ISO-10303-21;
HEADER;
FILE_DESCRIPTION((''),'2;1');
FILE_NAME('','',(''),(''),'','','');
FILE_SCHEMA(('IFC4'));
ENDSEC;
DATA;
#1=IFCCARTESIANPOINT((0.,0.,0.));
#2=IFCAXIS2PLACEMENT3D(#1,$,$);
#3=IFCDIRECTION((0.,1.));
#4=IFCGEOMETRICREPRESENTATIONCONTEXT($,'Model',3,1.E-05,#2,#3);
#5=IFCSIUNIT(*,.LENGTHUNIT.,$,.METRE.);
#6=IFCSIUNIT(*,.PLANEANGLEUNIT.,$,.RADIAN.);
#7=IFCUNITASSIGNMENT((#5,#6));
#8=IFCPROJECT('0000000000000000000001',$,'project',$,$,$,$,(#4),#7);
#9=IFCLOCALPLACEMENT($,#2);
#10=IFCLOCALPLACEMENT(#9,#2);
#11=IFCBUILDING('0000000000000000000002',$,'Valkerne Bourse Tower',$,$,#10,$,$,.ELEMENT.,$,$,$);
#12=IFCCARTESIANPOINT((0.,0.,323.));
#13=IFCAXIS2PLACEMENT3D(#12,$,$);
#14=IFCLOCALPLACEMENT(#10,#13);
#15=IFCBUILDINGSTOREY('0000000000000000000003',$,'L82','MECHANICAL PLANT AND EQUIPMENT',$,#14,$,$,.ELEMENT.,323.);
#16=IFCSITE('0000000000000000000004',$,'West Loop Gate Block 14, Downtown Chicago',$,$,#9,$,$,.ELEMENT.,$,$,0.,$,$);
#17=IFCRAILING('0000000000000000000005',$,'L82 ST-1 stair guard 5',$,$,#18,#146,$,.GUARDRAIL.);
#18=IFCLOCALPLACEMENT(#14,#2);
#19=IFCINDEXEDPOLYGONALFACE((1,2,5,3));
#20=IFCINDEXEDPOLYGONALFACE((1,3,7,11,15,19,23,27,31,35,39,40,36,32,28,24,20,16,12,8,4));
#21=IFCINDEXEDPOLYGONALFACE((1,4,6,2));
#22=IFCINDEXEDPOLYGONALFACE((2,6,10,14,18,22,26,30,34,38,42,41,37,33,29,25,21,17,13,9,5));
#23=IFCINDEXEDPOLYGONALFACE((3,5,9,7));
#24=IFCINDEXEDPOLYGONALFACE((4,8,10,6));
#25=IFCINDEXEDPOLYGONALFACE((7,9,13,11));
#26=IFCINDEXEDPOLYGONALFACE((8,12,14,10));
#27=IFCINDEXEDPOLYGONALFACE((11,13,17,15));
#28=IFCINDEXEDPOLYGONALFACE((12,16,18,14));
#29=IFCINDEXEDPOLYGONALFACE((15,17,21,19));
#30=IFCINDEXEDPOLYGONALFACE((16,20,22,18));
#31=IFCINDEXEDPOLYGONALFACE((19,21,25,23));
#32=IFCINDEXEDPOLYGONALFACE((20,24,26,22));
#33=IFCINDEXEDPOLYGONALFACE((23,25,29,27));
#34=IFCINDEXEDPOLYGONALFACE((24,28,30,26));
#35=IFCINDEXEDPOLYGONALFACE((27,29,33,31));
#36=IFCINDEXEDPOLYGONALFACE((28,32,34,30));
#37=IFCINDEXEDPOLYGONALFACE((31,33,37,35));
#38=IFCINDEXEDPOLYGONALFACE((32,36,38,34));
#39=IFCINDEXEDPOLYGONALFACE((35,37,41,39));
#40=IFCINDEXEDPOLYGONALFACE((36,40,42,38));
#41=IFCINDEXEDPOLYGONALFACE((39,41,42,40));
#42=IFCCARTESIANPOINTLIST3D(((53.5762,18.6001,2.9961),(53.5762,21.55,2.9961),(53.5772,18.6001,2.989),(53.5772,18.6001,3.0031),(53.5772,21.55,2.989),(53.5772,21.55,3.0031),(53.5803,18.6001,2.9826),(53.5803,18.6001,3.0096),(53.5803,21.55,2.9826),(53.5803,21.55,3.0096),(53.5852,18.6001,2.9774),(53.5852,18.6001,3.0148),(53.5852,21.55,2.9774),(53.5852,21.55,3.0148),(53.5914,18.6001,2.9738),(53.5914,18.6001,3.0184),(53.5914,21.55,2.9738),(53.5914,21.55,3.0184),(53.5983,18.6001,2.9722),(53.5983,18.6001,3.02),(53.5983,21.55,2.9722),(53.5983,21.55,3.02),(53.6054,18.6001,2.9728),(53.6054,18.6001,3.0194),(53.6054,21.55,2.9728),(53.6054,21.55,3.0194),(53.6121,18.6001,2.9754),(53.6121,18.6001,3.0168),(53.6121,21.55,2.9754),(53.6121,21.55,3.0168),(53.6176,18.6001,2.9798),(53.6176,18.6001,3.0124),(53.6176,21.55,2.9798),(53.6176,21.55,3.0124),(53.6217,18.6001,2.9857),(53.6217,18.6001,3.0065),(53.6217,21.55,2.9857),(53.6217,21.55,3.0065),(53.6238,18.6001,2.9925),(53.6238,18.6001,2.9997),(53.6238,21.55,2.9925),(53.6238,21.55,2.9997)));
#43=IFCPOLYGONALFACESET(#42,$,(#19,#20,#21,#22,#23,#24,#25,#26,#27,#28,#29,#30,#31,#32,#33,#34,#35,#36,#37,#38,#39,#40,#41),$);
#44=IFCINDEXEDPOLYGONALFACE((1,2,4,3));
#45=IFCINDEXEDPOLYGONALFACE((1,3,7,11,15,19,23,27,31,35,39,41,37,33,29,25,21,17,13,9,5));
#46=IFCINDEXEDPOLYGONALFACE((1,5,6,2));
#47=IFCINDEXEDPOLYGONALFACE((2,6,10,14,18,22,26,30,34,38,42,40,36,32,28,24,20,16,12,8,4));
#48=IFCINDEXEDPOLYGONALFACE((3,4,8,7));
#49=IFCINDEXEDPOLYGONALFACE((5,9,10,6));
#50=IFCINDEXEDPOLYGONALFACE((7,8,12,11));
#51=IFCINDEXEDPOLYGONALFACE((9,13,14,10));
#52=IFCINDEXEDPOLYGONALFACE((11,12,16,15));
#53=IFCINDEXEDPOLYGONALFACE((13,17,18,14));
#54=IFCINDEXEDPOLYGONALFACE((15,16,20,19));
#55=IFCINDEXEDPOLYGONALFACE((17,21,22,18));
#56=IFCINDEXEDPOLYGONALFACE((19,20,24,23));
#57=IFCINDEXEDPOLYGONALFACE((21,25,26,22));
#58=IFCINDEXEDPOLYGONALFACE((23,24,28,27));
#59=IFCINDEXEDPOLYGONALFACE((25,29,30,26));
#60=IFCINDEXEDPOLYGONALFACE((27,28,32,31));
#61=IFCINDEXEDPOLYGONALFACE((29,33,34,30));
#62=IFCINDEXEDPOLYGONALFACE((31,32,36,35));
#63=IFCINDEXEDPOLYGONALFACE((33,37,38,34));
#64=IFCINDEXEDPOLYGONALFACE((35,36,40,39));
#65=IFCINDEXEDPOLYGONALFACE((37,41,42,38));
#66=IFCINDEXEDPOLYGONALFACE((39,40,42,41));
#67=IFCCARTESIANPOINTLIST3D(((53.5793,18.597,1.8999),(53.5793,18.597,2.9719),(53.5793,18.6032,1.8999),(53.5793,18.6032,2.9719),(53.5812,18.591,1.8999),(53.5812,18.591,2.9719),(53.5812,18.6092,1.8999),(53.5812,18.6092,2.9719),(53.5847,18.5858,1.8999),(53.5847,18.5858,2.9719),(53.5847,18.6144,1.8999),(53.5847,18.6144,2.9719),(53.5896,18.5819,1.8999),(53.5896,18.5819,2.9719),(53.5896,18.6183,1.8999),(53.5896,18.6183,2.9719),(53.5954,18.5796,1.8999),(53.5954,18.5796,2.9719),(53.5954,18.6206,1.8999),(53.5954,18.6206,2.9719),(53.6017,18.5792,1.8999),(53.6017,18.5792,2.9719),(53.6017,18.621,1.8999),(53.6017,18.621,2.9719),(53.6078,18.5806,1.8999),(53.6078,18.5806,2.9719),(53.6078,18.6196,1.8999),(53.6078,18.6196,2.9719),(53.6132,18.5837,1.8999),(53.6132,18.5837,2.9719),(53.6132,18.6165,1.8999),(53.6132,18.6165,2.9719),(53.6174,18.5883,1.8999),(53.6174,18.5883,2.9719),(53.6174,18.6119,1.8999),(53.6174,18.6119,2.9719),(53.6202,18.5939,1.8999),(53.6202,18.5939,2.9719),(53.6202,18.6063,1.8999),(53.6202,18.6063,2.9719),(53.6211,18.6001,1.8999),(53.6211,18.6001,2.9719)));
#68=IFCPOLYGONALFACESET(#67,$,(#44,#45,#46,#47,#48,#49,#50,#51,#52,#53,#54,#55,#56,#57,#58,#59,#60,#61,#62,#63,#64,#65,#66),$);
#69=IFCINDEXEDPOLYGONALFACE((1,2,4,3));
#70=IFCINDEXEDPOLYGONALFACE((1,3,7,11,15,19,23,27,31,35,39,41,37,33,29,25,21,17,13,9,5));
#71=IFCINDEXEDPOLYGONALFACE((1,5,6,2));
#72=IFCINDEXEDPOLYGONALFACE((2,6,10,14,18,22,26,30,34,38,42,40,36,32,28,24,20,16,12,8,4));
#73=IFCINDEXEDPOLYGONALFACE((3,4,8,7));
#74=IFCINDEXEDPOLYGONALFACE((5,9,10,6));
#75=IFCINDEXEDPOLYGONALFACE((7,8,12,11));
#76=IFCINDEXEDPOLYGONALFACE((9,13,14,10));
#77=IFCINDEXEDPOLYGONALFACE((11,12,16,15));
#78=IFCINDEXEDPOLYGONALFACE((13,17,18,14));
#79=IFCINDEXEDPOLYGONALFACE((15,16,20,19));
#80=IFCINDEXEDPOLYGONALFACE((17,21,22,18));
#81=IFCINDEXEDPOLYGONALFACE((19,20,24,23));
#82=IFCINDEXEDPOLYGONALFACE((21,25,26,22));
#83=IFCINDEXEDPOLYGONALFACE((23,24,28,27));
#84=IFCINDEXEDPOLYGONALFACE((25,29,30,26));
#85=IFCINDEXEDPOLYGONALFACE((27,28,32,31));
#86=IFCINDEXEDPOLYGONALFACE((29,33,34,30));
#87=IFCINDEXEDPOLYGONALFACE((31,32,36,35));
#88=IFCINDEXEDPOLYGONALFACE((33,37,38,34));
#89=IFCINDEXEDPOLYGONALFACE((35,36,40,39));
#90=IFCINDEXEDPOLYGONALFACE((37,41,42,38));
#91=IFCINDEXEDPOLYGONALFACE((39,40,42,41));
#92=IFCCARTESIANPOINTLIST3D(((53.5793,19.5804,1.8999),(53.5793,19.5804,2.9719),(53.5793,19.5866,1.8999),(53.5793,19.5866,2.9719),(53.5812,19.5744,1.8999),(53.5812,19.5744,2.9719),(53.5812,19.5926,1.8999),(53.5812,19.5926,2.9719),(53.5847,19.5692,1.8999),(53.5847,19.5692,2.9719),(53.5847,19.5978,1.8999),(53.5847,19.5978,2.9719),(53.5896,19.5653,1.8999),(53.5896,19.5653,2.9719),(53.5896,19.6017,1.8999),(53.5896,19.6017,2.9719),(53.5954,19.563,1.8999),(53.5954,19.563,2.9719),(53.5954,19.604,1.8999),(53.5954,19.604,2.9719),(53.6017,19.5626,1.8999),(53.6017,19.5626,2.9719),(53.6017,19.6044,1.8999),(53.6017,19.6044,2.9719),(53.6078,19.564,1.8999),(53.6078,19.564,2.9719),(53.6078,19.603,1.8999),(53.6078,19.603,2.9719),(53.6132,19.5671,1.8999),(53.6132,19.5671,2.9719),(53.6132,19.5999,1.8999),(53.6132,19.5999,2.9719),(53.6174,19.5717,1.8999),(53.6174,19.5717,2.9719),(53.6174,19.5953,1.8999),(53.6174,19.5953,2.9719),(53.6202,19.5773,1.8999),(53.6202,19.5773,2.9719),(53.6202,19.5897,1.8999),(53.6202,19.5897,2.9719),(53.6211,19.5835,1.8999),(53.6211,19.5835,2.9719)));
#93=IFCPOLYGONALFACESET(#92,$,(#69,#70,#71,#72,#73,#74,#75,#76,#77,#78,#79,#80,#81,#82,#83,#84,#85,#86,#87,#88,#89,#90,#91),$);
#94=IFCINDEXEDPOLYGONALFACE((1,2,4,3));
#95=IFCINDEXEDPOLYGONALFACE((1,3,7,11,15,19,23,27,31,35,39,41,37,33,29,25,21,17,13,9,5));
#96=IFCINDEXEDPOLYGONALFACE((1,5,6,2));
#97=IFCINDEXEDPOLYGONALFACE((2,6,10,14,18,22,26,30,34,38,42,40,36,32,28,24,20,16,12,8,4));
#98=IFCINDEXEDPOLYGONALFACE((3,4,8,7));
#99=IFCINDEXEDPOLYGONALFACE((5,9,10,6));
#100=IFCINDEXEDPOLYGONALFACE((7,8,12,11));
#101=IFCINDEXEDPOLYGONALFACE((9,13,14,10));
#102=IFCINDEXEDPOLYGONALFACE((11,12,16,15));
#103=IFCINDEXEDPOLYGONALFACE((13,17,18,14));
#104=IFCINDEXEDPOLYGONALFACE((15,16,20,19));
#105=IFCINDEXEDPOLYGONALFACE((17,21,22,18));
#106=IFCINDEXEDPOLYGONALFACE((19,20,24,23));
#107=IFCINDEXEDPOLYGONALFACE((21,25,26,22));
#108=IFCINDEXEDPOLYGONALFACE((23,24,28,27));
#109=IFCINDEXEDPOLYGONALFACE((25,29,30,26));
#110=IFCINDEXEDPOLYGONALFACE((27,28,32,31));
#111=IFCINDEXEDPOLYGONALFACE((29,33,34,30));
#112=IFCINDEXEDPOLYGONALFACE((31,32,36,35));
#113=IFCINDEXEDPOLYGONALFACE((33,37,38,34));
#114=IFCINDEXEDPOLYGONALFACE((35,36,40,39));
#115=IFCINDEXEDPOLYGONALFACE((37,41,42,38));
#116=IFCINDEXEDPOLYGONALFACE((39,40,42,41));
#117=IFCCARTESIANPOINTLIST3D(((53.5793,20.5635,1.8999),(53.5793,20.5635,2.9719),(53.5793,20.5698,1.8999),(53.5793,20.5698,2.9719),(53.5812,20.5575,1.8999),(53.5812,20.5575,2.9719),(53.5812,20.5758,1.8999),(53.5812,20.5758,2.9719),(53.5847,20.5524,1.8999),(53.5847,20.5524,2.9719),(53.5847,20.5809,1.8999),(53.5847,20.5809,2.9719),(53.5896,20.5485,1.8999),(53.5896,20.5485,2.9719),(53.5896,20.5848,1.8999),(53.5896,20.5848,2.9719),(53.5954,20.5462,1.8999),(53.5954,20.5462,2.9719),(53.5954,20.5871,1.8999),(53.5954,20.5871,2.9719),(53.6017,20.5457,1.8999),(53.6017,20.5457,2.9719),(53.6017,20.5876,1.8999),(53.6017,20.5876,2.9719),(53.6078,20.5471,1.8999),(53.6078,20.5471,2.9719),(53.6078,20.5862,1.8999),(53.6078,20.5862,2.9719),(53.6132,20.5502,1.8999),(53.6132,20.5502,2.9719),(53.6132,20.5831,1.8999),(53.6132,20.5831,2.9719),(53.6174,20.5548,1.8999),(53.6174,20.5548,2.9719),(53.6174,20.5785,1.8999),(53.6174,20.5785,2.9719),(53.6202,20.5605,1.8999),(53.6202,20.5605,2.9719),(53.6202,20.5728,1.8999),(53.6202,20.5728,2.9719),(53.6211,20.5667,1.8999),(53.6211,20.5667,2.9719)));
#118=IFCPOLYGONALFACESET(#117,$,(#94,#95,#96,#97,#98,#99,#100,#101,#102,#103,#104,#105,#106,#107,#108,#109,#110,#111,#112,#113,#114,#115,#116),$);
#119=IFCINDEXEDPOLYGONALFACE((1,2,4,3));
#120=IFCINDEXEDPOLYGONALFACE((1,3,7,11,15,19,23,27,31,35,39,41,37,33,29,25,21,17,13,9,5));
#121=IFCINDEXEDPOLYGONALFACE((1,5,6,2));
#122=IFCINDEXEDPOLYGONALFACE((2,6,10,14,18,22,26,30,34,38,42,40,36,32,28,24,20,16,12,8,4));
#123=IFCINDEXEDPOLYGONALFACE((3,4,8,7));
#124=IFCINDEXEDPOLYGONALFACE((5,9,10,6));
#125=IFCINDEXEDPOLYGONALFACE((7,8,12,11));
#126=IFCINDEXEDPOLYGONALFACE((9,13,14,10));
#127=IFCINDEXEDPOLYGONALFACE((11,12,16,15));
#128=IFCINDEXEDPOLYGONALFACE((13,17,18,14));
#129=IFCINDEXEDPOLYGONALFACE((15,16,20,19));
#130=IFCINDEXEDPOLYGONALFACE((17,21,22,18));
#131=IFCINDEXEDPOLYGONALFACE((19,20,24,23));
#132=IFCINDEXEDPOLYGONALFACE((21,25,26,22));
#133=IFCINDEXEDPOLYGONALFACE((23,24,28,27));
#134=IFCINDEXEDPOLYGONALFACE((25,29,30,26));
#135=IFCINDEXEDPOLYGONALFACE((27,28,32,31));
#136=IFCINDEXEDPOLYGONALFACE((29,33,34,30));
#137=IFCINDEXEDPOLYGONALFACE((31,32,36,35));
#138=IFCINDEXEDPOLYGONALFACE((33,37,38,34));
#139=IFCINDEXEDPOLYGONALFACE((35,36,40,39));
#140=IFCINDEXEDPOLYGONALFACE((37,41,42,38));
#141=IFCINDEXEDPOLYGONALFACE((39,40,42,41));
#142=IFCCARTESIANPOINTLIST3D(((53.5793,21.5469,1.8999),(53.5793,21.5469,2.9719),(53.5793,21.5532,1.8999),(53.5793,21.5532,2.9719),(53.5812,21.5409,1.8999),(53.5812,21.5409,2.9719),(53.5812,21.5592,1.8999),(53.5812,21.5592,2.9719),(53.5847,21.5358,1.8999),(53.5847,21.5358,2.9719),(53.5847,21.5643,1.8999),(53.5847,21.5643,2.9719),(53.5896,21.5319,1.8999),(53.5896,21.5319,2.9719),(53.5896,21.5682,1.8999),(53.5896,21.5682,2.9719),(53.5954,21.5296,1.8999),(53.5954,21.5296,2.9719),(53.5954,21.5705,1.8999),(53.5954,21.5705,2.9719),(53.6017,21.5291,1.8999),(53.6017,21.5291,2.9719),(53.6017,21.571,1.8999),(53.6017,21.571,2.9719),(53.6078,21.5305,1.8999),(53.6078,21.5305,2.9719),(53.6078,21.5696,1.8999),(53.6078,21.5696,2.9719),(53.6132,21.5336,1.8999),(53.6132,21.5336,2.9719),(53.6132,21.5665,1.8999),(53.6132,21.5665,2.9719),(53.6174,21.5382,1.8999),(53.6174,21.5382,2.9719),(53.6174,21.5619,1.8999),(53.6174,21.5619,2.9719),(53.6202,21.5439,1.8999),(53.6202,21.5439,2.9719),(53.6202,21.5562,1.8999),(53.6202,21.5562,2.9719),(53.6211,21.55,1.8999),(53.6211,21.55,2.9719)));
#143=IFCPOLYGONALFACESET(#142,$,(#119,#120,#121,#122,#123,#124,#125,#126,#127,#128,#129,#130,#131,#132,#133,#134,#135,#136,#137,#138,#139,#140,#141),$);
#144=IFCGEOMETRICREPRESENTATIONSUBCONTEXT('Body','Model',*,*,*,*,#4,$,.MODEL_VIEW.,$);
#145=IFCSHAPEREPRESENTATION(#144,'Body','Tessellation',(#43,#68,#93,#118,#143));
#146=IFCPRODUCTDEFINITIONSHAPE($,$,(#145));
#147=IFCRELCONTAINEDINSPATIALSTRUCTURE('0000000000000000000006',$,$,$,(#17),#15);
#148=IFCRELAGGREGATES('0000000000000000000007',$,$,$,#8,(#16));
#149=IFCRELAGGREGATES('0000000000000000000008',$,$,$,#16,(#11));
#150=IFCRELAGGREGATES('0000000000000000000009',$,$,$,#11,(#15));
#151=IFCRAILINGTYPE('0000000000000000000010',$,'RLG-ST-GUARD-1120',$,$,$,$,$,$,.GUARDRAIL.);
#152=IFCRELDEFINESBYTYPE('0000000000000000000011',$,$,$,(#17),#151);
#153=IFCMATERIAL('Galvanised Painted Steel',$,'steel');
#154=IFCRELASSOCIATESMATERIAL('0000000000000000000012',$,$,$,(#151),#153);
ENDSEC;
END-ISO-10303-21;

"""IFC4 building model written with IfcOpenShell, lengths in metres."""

from ifc_helpers import new_model, si_unit, direction, frame, origin, origin_2d, place, context, subcontext, project, spatial, circle, extrude, material, type_object, element, save


model = new_model("IFC4")

# Units and contexts
model_context = context("Model", 3, precision=1e-05, world=origin(), true_north=direction((0.0, 1.0)))
body_context = subcontext(model_context, "Body", "Model", "MODEL_VIEW")
ifc_project = project(units=[si_unit("LENGTHUNIT", "METRE"), si_unit("PLANEANGLEUNIT", "RADIAN")], contexts=[model_context])

# Site, building, storey
site_placement = place(None, origin())
site = spatial("IfcSite", under=ifc_project, at=site_placement, Name="West Loop Gate Block 14, Downtown Chicago", CompositionType="ELEMENT", RefElevation=0.0)
building_placement = place(site_placement, origin())
building = spatial("IfcBuilding", under=site, at=building_placement, Name="Valkerne Bourse Tower", CompositionType="ELEMENT")
storey_placement = place(building_placement, frame((0.0, 0.0, 323.0)))
storey = spatial("IfcBuildingStorey", under=building, at=storey_placement, Name="L82", Description="MECHANICAL PLANT AND EQUIPMENT", CompositionType="ELEMENT", Elevation=323.0)

# Shared definitions
ifc_material_1 = material(Name="Galvanised Painted Steel", Category="steel")

# Railing
railing_type = type_object("IfcRailingType", Name="RLG-ST-GUARD-1120", PredefinedType="GUARDRAIL", material=ifc_material_1)
railing_1_placement = place(storey_placement, frame((53.6001, 18.6001, 1.8999)))
element("IfcRailing", 1, at=railing_1_placement, inside=storey, type_object=railing_type, Name="L82 ST-1 stair guard 5", PredefinedType="GUARDRAIL", context=body_context, shape_type="SweptSolid", body=[
    extrude(circle(Radius=0.0239, at=origin_2d()), frame((0.0, 0.0, 1.0962), z_axis=(0.0, 1.0, 0.0), x_axis=(-1.0, 0.0, 0.0)), (0.0, 0.0, 1.0), 2.95),
    extrude(circle(Radius=0.021, at=origin_2d()), origin(), (0.0, 0.0, 1.0), 1.072),
    extrude(circle(Radius=0.021, at=origin_2d()), frame((0.0, 0.9834, 0.0)), (0.0, 0.0, 1.0), 1.072),
    extrude(circle(Radius=0.021, at=origin_2d()), frame((0.0, 1.9666, 0.0)), (0.0, 0.0, 1.0), 1.072),
    extrude(circle(Radius=0.021, at=origin_2d()), frame((0.0, 2.95, 0.0)), (0.0, 0.0, 1.0), 1.072),
])

save(model, "model.ifc")
